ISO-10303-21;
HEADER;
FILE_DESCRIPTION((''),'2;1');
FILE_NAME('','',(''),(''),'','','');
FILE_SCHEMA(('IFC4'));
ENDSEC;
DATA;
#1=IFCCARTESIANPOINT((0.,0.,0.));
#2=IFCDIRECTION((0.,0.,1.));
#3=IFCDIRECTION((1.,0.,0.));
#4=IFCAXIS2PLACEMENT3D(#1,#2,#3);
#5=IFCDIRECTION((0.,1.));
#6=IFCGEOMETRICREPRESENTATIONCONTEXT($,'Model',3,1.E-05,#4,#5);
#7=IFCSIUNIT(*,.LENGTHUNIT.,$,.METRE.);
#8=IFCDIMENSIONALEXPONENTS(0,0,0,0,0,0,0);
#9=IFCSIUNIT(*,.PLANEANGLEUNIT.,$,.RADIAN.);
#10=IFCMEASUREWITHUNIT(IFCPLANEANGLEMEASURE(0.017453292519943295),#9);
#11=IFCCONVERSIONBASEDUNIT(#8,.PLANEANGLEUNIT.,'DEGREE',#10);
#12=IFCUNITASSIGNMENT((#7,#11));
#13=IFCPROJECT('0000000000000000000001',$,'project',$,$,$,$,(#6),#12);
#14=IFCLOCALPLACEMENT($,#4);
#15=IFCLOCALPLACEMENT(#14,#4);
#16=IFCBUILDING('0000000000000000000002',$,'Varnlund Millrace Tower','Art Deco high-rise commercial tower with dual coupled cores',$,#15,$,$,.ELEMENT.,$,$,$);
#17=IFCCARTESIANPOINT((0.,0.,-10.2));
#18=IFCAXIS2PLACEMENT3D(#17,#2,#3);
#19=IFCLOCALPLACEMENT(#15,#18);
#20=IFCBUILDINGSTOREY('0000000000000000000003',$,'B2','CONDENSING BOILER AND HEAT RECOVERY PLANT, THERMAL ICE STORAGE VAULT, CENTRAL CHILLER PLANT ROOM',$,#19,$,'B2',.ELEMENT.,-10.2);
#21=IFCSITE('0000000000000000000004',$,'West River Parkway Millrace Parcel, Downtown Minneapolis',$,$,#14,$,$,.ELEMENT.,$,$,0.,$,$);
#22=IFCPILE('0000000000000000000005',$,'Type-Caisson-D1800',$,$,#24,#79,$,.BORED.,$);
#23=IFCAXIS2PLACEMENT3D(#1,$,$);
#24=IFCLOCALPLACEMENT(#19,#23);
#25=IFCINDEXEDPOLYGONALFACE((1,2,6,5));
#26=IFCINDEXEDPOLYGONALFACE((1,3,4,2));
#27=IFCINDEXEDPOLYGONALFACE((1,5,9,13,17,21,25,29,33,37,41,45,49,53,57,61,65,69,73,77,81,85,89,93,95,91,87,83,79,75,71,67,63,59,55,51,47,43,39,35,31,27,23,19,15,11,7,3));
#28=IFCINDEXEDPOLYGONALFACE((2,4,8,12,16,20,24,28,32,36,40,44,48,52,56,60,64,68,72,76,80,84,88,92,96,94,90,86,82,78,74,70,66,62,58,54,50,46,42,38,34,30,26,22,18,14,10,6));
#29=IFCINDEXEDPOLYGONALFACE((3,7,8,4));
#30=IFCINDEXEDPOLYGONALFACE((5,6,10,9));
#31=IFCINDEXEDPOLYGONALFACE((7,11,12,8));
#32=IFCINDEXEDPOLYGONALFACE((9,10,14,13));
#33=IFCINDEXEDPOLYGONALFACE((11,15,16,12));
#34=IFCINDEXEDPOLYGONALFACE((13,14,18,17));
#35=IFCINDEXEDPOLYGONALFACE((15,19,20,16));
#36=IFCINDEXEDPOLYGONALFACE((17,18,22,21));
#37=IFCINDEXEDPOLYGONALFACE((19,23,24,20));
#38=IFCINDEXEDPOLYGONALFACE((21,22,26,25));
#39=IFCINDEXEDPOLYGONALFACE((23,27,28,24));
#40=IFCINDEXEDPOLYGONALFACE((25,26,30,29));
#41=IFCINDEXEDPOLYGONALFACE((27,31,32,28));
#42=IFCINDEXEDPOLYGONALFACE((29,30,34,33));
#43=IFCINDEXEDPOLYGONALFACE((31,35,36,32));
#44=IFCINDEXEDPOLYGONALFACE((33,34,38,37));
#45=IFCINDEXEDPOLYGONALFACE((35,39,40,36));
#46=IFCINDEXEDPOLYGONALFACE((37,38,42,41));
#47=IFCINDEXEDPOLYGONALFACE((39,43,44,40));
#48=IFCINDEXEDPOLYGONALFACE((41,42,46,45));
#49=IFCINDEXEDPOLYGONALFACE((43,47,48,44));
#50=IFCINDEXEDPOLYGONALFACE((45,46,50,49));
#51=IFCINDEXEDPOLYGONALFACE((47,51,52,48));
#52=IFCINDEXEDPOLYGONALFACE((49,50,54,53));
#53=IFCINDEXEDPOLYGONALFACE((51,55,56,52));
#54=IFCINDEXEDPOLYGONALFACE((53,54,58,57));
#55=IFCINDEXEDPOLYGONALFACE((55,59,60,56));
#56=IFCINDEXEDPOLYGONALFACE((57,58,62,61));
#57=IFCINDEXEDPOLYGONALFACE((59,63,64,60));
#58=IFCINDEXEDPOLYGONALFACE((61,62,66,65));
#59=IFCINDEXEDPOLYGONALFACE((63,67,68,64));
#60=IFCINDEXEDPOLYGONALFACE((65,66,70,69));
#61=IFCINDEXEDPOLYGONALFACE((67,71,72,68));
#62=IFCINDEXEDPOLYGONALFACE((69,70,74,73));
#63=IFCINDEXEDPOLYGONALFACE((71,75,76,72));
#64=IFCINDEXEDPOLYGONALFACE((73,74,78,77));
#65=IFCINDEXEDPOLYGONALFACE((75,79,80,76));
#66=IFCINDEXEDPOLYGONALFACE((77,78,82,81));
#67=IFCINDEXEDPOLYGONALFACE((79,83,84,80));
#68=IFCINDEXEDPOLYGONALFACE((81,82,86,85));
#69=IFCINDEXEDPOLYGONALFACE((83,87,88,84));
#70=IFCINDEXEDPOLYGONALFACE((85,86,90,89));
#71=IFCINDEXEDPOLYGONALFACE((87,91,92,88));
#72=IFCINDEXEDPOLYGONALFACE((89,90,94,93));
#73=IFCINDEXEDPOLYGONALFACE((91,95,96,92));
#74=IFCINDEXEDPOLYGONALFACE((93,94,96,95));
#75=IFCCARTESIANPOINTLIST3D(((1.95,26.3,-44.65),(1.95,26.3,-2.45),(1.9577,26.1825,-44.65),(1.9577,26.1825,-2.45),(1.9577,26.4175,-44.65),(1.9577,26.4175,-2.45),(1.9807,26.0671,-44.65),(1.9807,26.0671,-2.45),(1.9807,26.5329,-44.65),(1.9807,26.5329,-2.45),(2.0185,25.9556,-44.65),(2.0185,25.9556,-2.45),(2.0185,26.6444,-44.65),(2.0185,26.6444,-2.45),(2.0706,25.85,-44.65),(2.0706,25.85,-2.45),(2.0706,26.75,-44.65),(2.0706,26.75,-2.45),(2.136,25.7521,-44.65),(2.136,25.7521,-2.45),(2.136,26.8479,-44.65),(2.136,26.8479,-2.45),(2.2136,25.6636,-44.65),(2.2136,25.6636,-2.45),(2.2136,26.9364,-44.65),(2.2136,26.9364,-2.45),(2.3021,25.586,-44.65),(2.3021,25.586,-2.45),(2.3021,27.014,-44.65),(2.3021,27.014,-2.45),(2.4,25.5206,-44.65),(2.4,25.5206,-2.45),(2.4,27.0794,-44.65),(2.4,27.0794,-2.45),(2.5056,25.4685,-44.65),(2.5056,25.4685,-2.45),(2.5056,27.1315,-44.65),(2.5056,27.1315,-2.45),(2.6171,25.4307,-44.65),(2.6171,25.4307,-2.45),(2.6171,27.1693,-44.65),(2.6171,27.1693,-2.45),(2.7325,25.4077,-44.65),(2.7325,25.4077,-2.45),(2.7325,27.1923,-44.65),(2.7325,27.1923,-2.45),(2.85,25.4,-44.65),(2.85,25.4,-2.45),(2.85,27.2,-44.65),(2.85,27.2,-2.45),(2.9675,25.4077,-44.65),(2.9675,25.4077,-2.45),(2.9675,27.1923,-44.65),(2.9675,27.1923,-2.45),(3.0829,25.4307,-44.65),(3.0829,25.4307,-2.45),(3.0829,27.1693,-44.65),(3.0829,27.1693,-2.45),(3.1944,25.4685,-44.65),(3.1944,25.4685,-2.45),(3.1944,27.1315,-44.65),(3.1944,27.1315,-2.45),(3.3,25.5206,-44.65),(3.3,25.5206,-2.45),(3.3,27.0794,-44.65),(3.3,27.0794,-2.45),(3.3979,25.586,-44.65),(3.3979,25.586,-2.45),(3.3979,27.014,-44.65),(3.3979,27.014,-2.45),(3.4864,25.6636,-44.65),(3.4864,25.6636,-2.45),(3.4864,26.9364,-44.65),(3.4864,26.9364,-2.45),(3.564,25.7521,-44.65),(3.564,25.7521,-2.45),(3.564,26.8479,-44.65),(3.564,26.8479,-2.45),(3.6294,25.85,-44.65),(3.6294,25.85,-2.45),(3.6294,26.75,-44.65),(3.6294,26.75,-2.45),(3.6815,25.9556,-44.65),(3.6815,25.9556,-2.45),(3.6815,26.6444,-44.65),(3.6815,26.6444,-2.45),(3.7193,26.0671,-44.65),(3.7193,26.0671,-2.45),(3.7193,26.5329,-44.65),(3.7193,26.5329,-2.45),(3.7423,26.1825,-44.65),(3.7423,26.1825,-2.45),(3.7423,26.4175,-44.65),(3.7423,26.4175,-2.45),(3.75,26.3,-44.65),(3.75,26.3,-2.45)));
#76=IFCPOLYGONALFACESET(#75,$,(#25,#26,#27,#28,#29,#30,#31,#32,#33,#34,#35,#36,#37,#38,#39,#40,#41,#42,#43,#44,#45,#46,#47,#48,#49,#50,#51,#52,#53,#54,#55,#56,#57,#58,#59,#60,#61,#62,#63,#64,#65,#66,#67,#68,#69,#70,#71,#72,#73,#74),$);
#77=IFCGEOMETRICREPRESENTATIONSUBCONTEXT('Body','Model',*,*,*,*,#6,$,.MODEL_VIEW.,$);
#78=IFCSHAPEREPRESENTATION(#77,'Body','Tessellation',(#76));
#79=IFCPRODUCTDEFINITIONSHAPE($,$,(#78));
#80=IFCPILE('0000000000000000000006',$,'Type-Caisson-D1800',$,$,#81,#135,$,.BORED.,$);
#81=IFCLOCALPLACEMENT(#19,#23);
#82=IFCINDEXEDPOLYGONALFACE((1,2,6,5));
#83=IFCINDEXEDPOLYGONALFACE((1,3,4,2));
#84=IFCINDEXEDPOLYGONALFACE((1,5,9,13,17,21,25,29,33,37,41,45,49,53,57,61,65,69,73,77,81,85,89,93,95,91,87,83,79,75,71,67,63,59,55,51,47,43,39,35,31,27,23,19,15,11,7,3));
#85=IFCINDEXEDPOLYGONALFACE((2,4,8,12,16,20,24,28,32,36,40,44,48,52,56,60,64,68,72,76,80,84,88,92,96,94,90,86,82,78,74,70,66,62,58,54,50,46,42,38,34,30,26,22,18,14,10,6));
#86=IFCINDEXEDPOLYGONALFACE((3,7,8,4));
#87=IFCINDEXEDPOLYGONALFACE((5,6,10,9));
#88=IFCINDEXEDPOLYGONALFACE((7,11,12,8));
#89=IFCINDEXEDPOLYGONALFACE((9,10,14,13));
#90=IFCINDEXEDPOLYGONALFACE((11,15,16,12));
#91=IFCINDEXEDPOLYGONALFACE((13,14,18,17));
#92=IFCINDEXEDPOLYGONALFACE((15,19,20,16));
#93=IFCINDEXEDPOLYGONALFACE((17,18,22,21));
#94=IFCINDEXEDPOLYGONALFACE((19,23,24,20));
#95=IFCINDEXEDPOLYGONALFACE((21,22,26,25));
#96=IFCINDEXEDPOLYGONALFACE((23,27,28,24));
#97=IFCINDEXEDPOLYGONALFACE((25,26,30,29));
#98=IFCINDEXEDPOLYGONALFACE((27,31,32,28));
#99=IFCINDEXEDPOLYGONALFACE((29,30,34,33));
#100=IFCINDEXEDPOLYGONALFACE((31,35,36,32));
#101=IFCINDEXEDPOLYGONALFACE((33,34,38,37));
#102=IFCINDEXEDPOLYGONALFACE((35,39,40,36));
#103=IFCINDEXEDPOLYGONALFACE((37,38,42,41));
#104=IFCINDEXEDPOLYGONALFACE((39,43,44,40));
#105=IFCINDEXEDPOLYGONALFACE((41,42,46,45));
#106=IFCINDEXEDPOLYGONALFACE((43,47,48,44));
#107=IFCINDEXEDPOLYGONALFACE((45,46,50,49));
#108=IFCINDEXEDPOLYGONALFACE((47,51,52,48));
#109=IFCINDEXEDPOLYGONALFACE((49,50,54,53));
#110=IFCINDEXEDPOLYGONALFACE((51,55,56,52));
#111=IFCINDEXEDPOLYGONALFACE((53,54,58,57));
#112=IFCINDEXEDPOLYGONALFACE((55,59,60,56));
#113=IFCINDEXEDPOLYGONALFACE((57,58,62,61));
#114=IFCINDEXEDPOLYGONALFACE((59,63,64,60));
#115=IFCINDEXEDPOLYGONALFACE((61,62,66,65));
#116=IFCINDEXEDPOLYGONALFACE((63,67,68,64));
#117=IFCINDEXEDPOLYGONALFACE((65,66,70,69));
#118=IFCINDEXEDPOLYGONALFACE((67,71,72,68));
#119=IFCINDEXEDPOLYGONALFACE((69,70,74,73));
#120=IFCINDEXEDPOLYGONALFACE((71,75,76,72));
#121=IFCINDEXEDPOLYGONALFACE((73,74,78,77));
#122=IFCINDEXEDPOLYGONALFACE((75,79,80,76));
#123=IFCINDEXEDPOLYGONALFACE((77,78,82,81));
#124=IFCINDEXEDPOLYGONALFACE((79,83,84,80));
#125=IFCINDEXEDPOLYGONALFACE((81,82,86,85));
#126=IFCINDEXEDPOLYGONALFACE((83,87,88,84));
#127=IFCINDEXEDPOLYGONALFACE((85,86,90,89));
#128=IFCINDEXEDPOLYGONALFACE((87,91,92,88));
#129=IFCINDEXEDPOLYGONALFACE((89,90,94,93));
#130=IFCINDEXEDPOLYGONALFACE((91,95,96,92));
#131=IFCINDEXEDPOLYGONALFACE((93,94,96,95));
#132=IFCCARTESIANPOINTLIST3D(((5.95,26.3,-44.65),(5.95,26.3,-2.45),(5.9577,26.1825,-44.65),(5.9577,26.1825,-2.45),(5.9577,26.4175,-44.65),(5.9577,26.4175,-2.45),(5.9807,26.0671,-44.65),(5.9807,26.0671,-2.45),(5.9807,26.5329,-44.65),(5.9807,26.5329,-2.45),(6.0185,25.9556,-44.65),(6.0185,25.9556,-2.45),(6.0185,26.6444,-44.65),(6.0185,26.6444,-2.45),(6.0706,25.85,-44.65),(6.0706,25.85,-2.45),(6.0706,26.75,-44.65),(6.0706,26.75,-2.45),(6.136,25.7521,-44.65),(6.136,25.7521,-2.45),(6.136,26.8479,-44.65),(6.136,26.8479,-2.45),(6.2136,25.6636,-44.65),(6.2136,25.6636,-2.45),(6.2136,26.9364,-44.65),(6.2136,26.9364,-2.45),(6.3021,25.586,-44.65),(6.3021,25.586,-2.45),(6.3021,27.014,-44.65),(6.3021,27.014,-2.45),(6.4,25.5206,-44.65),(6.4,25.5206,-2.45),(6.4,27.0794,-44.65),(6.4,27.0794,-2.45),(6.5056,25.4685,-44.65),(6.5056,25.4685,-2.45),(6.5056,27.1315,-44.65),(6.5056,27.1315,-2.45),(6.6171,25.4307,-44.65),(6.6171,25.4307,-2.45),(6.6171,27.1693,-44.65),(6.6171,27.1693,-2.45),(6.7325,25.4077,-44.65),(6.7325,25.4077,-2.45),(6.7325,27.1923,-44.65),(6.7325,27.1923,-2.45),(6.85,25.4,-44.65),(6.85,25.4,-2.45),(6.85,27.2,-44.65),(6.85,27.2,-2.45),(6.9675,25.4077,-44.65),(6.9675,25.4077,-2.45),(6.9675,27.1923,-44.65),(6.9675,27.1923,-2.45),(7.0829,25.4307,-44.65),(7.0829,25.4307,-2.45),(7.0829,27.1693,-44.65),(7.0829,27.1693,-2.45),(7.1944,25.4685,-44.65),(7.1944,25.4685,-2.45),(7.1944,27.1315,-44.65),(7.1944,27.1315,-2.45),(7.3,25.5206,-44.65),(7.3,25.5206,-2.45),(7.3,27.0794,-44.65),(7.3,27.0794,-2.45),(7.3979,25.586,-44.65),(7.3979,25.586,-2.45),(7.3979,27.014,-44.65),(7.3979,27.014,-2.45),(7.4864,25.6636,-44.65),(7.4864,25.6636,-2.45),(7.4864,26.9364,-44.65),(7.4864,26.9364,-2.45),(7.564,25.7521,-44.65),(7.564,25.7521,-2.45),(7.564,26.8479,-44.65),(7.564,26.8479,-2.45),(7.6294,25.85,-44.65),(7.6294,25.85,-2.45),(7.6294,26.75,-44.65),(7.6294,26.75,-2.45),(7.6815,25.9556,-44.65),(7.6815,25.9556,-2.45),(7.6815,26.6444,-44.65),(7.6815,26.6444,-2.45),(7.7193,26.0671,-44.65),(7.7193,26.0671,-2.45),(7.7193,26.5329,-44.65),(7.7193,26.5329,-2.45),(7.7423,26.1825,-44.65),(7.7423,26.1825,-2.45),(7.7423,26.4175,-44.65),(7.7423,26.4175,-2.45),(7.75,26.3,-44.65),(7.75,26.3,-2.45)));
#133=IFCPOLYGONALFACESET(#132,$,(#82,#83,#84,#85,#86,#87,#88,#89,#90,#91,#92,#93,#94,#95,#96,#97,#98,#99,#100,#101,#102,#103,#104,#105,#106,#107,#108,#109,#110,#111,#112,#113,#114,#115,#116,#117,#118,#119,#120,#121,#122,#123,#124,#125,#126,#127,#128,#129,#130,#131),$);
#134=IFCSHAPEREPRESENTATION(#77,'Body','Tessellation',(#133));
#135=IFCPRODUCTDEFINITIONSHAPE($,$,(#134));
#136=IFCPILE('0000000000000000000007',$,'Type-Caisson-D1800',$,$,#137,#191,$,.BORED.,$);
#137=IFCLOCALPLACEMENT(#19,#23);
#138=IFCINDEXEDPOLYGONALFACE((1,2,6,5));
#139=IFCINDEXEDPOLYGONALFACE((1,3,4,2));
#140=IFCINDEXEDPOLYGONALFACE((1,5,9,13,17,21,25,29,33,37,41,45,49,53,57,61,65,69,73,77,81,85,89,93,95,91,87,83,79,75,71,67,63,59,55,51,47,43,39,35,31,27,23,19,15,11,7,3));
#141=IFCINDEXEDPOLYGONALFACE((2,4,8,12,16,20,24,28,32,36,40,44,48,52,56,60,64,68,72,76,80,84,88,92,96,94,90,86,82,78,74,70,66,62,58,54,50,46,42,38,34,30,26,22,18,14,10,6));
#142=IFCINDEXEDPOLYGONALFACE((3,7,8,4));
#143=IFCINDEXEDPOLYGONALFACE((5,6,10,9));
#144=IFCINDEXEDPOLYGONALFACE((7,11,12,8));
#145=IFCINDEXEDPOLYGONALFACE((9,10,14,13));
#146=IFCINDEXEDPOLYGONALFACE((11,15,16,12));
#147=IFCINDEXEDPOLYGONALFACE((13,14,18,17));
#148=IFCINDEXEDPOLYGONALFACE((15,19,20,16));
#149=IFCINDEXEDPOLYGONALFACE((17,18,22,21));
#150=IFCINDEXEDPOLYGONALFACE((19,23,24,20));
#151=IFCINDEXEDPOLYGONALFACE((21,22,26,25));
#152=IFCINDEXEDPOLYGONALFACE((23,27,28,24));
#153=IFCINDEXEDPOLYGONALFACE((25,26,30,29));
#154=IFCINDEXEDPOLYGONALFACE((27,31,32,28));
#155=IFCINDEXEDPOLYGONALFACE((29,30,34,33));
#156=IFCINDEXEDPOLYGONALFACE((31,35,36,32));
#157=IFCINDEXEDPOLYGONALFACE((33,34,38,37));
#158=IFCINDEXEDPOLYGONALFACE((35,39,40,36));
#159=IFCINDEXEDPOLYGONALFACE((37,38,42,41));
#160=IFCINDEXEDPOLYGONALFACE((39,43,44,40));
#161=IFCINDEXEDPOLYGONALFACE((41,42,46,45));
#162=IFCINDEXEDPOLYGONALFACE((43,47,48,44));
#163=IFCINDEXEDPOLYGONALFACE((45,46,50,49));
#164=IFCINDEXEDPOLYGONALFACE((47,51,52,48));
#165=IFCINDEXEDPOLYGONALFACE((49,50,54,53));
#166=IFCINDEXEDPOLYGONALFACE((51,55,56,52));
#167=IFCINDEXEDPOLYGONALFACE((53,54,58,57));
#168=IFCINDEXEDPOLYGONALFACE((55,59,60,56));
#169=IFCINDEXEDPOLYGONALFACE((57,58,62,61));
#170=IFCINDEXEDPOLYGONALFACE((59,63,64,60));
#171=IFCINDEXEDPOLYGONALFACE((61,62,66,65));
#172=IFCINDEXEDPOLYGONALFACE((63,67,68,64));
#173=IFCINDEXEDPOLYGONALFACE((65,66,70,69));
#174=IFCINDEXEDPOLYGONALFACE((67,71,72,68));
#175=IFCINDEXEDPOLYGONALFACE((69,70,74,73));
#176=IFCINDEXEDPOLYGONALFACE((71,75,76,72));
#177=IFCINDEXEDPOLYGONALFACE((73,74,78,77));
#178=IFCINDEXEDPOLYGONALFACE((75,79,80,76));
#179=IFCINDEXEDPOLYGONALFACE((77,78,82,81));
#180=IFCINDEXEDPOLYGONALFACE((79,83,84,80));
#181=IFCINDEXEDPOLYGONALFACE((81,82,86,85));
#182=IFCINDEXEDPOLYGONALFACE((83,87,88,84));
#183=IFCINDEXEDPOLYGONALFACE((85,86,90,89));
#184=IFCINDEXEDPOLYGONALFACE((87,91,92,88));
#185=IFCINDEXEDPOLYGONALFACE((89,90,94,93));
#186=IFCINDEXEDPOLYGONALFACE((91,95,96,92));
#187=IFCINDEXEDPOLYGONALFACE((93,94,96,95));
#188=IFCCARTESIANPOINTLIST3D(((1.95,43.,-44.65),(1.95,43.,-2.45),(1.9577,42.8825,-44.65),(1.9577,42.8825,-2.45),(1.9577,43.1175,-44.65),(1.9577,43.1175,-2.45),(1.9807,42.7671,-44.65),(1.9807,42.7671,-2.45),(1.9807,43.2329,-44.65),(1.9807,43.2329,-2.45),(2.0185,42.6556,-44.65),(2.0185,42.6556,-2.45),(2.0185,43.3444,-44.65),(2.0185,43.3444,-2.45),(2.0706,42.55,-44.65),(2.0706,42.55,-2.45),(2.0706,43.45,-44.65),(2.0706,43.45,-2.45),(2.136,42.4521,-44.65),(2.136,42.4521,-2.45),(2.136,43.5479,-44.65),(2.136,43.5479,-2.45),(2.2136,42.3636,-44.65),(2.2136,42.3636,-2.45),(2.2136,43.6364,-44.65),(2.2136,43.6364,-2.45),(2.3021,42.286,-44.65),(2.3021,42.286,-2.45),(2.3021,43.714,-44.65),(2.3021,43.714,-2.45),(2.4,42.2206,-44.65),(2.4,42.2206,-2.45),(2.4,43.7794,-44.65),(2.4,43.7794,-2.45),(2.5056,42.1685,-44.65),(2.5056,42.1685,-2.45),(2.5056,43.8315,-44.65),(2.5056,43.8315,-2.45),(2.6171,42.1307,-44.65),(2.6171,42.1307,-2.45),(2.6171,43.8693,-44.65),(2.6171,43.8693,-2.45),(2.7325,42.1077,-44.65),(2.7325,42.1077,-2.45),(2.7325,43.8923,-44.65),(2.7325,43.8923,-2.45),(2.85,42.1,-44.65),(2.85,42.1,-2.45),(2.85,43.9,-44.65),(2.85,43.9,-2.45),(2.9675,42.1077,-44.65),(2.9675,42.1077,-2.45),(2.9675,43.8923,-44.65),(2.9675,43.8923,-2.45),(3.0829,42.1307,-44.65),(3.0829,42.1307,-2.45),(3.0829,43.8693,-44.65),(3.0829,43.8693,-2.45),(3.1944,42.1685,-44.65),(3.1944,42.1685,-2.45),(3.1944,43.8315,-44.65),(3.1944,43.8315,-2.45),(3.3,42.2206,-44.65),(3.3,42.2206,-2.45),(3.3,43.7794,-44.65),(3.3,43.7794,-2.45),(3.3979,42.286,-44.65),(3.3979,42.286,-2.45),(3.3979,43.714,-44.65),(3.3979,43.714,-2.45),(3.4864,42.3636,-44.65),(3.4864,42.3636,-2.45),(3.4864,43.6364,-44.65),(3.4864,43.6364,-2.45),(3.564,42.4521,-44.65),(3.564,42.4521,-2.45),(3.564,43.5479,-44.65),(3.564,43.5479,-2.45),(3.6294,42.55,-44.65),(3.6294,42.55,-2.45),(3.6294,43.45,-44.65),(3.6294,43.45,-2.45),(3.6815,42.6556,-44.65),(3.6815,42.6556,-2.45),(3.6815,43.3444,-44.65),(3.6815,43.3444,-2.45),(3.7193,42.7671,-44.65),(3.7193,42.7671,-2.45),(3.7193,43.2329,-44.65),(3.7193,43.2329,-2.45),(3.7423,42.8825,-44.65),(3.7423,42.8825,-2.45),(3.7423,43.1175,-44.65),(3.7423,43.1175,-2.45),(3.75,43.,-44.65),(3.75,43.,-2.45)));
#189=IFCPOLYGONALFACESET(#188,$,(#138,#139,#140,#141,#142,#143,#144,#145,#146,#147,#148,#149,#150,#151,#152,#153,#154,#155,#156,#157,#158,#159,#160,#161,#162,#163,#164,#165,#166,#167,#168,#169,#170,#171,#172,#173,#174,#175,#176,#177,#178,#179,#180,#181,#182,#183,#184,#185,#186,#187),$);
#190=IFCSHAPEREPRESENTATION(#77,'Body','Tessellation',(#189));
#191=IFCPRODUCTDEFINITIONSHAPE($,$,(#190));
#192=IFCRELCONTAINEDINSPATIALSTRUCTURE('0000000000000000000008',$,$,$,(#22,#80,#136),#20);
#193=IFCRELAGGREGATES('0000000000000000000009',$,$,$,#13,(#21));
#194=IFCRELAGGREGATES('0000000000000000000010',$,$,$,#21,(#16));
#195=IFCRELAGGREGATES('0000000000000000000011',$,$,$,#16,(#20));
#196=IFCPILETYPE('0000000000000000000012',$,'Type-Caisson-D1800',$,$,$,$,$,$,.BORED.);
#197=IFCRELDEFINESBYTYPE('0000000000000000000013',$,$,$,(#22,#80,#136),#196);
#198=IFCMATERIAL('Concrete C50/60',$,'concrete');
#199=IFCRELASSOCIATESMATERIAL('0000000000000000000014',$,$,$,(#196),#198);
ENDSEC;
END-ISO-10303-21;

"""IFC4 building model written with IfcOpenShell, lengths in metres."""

from ifc_helpers import new_model, entity, si_unit, converted_unit, direction, frame, origin_with_axes, origin_2d_with_axis, place, context, subcontext, project, spatial, circle, extrude, material, material_profile, profile_set, type_object, element, save


model = new_model("IFC4")

# Units and contexts
model_context = context("Model", 3, precision=1e-05, world=origin_with_axes(), true_north=direction((0.0, 1.0)))
body_context = subcontext(model_context, "Body", "Model", "MODEL_VIEW")
ifc_project = project(units=[si_unit("LENGTHUNIT", "METRE"), converted_unit("PLANEANGLEUNIT", "DEGREE", entity("IfcPlaneAngleMeasure", 0.017453292519943295), si_unit("PLANEANGLEUNIT", "RADIAN"), dimensions=[0, 0, 0, 0, 0, 0, 0])], contexts=[model_context])

# Site, building, storey
site_placement = place(None, origin_with_axes())
site = spatial("IfcSite", under=ifc_project, at=site_placement, Name="West River Parkway Millrace Parcel, Downtown Minneapolis", CompositionType="ELEMENT", RefElevation=0.0)
building_placement = place(site_placement, origin_with_axes())
building = spatial("IfcBuilding", under=site, at=building_placement, Name="Varnlund Millrace Tower", Description="Art Deco high-rise commercial tower with dual coupled cores", CompositionType="ELEMENT")
storey_placement = place(building_placement, frame((0.0, 0.0, -10.2), z_axis=(0.0, 0.0, 1.0), x_axis=(1.0, 0.0, 0.0)))
storey = spatial("IfcBuildingStorey", under=building, at=storey_placement, Name="B2", Description="CONDENSING BOILER AND HEAT RECOVERY PLANT, THERMAL ICE STORAGE VAULT, CENTRAL CHILLER PLANT ROOM", LongName="B2", CompositionType="ELEMENT", Elevation=-10.2)

# Piles
ifc_material_1 = material(Name="Concrete C50/60", Category="concrete")
ifc_material_profile_1 = material_profile(ifc_material_1, circle(Radius=0.9, at=origin_2d_with_axis()), Name="Concrete C50/60")
ifc_profile_set_1 = profile_set([ifc_material_profile_1], Name="Concrete C50/60")
pile_type_1 = type_object("IfcPileType", Name="Type-Caisson-D1800", PredefinedType="BORED", material=ifc_profile_set_1)
for number, where, z_axis, x_axis, name in (
    (1, (2.85, 26.3, -44.65), (0.0, 0.0, 1.0), (1.0, 0.0, 0.0), "Type-Caisson-D1800"),
    (2, (6.85, 26.3, -44.65), (0.0, 0.0, 1.0), (1.0, 0.0, 0.0), "Type-Caisson-D1800"),
    (3, (2.85, 43.0, -44.65), (0.0, 0.0, 1.0), (1.0, 0.0, 0.0), "Type-Caisson-D1800"),
):
    element("IfcPile", number, at=place(storey_placement, frame(where, z_axis=z_axis, x_axis=x_axis)), inside=storey, type_object=pile_type_1, Name=name, PredefinedType="BORED", context=body_context, shape_type="SweptSolid", body=[
        extrude(circle(Radius=0.9, at=origin_2d_with_axis()), origin_with_axes(), (0.0, 0.0, 1.0), 42.2),
    ])

save(model, "model.ifc")
